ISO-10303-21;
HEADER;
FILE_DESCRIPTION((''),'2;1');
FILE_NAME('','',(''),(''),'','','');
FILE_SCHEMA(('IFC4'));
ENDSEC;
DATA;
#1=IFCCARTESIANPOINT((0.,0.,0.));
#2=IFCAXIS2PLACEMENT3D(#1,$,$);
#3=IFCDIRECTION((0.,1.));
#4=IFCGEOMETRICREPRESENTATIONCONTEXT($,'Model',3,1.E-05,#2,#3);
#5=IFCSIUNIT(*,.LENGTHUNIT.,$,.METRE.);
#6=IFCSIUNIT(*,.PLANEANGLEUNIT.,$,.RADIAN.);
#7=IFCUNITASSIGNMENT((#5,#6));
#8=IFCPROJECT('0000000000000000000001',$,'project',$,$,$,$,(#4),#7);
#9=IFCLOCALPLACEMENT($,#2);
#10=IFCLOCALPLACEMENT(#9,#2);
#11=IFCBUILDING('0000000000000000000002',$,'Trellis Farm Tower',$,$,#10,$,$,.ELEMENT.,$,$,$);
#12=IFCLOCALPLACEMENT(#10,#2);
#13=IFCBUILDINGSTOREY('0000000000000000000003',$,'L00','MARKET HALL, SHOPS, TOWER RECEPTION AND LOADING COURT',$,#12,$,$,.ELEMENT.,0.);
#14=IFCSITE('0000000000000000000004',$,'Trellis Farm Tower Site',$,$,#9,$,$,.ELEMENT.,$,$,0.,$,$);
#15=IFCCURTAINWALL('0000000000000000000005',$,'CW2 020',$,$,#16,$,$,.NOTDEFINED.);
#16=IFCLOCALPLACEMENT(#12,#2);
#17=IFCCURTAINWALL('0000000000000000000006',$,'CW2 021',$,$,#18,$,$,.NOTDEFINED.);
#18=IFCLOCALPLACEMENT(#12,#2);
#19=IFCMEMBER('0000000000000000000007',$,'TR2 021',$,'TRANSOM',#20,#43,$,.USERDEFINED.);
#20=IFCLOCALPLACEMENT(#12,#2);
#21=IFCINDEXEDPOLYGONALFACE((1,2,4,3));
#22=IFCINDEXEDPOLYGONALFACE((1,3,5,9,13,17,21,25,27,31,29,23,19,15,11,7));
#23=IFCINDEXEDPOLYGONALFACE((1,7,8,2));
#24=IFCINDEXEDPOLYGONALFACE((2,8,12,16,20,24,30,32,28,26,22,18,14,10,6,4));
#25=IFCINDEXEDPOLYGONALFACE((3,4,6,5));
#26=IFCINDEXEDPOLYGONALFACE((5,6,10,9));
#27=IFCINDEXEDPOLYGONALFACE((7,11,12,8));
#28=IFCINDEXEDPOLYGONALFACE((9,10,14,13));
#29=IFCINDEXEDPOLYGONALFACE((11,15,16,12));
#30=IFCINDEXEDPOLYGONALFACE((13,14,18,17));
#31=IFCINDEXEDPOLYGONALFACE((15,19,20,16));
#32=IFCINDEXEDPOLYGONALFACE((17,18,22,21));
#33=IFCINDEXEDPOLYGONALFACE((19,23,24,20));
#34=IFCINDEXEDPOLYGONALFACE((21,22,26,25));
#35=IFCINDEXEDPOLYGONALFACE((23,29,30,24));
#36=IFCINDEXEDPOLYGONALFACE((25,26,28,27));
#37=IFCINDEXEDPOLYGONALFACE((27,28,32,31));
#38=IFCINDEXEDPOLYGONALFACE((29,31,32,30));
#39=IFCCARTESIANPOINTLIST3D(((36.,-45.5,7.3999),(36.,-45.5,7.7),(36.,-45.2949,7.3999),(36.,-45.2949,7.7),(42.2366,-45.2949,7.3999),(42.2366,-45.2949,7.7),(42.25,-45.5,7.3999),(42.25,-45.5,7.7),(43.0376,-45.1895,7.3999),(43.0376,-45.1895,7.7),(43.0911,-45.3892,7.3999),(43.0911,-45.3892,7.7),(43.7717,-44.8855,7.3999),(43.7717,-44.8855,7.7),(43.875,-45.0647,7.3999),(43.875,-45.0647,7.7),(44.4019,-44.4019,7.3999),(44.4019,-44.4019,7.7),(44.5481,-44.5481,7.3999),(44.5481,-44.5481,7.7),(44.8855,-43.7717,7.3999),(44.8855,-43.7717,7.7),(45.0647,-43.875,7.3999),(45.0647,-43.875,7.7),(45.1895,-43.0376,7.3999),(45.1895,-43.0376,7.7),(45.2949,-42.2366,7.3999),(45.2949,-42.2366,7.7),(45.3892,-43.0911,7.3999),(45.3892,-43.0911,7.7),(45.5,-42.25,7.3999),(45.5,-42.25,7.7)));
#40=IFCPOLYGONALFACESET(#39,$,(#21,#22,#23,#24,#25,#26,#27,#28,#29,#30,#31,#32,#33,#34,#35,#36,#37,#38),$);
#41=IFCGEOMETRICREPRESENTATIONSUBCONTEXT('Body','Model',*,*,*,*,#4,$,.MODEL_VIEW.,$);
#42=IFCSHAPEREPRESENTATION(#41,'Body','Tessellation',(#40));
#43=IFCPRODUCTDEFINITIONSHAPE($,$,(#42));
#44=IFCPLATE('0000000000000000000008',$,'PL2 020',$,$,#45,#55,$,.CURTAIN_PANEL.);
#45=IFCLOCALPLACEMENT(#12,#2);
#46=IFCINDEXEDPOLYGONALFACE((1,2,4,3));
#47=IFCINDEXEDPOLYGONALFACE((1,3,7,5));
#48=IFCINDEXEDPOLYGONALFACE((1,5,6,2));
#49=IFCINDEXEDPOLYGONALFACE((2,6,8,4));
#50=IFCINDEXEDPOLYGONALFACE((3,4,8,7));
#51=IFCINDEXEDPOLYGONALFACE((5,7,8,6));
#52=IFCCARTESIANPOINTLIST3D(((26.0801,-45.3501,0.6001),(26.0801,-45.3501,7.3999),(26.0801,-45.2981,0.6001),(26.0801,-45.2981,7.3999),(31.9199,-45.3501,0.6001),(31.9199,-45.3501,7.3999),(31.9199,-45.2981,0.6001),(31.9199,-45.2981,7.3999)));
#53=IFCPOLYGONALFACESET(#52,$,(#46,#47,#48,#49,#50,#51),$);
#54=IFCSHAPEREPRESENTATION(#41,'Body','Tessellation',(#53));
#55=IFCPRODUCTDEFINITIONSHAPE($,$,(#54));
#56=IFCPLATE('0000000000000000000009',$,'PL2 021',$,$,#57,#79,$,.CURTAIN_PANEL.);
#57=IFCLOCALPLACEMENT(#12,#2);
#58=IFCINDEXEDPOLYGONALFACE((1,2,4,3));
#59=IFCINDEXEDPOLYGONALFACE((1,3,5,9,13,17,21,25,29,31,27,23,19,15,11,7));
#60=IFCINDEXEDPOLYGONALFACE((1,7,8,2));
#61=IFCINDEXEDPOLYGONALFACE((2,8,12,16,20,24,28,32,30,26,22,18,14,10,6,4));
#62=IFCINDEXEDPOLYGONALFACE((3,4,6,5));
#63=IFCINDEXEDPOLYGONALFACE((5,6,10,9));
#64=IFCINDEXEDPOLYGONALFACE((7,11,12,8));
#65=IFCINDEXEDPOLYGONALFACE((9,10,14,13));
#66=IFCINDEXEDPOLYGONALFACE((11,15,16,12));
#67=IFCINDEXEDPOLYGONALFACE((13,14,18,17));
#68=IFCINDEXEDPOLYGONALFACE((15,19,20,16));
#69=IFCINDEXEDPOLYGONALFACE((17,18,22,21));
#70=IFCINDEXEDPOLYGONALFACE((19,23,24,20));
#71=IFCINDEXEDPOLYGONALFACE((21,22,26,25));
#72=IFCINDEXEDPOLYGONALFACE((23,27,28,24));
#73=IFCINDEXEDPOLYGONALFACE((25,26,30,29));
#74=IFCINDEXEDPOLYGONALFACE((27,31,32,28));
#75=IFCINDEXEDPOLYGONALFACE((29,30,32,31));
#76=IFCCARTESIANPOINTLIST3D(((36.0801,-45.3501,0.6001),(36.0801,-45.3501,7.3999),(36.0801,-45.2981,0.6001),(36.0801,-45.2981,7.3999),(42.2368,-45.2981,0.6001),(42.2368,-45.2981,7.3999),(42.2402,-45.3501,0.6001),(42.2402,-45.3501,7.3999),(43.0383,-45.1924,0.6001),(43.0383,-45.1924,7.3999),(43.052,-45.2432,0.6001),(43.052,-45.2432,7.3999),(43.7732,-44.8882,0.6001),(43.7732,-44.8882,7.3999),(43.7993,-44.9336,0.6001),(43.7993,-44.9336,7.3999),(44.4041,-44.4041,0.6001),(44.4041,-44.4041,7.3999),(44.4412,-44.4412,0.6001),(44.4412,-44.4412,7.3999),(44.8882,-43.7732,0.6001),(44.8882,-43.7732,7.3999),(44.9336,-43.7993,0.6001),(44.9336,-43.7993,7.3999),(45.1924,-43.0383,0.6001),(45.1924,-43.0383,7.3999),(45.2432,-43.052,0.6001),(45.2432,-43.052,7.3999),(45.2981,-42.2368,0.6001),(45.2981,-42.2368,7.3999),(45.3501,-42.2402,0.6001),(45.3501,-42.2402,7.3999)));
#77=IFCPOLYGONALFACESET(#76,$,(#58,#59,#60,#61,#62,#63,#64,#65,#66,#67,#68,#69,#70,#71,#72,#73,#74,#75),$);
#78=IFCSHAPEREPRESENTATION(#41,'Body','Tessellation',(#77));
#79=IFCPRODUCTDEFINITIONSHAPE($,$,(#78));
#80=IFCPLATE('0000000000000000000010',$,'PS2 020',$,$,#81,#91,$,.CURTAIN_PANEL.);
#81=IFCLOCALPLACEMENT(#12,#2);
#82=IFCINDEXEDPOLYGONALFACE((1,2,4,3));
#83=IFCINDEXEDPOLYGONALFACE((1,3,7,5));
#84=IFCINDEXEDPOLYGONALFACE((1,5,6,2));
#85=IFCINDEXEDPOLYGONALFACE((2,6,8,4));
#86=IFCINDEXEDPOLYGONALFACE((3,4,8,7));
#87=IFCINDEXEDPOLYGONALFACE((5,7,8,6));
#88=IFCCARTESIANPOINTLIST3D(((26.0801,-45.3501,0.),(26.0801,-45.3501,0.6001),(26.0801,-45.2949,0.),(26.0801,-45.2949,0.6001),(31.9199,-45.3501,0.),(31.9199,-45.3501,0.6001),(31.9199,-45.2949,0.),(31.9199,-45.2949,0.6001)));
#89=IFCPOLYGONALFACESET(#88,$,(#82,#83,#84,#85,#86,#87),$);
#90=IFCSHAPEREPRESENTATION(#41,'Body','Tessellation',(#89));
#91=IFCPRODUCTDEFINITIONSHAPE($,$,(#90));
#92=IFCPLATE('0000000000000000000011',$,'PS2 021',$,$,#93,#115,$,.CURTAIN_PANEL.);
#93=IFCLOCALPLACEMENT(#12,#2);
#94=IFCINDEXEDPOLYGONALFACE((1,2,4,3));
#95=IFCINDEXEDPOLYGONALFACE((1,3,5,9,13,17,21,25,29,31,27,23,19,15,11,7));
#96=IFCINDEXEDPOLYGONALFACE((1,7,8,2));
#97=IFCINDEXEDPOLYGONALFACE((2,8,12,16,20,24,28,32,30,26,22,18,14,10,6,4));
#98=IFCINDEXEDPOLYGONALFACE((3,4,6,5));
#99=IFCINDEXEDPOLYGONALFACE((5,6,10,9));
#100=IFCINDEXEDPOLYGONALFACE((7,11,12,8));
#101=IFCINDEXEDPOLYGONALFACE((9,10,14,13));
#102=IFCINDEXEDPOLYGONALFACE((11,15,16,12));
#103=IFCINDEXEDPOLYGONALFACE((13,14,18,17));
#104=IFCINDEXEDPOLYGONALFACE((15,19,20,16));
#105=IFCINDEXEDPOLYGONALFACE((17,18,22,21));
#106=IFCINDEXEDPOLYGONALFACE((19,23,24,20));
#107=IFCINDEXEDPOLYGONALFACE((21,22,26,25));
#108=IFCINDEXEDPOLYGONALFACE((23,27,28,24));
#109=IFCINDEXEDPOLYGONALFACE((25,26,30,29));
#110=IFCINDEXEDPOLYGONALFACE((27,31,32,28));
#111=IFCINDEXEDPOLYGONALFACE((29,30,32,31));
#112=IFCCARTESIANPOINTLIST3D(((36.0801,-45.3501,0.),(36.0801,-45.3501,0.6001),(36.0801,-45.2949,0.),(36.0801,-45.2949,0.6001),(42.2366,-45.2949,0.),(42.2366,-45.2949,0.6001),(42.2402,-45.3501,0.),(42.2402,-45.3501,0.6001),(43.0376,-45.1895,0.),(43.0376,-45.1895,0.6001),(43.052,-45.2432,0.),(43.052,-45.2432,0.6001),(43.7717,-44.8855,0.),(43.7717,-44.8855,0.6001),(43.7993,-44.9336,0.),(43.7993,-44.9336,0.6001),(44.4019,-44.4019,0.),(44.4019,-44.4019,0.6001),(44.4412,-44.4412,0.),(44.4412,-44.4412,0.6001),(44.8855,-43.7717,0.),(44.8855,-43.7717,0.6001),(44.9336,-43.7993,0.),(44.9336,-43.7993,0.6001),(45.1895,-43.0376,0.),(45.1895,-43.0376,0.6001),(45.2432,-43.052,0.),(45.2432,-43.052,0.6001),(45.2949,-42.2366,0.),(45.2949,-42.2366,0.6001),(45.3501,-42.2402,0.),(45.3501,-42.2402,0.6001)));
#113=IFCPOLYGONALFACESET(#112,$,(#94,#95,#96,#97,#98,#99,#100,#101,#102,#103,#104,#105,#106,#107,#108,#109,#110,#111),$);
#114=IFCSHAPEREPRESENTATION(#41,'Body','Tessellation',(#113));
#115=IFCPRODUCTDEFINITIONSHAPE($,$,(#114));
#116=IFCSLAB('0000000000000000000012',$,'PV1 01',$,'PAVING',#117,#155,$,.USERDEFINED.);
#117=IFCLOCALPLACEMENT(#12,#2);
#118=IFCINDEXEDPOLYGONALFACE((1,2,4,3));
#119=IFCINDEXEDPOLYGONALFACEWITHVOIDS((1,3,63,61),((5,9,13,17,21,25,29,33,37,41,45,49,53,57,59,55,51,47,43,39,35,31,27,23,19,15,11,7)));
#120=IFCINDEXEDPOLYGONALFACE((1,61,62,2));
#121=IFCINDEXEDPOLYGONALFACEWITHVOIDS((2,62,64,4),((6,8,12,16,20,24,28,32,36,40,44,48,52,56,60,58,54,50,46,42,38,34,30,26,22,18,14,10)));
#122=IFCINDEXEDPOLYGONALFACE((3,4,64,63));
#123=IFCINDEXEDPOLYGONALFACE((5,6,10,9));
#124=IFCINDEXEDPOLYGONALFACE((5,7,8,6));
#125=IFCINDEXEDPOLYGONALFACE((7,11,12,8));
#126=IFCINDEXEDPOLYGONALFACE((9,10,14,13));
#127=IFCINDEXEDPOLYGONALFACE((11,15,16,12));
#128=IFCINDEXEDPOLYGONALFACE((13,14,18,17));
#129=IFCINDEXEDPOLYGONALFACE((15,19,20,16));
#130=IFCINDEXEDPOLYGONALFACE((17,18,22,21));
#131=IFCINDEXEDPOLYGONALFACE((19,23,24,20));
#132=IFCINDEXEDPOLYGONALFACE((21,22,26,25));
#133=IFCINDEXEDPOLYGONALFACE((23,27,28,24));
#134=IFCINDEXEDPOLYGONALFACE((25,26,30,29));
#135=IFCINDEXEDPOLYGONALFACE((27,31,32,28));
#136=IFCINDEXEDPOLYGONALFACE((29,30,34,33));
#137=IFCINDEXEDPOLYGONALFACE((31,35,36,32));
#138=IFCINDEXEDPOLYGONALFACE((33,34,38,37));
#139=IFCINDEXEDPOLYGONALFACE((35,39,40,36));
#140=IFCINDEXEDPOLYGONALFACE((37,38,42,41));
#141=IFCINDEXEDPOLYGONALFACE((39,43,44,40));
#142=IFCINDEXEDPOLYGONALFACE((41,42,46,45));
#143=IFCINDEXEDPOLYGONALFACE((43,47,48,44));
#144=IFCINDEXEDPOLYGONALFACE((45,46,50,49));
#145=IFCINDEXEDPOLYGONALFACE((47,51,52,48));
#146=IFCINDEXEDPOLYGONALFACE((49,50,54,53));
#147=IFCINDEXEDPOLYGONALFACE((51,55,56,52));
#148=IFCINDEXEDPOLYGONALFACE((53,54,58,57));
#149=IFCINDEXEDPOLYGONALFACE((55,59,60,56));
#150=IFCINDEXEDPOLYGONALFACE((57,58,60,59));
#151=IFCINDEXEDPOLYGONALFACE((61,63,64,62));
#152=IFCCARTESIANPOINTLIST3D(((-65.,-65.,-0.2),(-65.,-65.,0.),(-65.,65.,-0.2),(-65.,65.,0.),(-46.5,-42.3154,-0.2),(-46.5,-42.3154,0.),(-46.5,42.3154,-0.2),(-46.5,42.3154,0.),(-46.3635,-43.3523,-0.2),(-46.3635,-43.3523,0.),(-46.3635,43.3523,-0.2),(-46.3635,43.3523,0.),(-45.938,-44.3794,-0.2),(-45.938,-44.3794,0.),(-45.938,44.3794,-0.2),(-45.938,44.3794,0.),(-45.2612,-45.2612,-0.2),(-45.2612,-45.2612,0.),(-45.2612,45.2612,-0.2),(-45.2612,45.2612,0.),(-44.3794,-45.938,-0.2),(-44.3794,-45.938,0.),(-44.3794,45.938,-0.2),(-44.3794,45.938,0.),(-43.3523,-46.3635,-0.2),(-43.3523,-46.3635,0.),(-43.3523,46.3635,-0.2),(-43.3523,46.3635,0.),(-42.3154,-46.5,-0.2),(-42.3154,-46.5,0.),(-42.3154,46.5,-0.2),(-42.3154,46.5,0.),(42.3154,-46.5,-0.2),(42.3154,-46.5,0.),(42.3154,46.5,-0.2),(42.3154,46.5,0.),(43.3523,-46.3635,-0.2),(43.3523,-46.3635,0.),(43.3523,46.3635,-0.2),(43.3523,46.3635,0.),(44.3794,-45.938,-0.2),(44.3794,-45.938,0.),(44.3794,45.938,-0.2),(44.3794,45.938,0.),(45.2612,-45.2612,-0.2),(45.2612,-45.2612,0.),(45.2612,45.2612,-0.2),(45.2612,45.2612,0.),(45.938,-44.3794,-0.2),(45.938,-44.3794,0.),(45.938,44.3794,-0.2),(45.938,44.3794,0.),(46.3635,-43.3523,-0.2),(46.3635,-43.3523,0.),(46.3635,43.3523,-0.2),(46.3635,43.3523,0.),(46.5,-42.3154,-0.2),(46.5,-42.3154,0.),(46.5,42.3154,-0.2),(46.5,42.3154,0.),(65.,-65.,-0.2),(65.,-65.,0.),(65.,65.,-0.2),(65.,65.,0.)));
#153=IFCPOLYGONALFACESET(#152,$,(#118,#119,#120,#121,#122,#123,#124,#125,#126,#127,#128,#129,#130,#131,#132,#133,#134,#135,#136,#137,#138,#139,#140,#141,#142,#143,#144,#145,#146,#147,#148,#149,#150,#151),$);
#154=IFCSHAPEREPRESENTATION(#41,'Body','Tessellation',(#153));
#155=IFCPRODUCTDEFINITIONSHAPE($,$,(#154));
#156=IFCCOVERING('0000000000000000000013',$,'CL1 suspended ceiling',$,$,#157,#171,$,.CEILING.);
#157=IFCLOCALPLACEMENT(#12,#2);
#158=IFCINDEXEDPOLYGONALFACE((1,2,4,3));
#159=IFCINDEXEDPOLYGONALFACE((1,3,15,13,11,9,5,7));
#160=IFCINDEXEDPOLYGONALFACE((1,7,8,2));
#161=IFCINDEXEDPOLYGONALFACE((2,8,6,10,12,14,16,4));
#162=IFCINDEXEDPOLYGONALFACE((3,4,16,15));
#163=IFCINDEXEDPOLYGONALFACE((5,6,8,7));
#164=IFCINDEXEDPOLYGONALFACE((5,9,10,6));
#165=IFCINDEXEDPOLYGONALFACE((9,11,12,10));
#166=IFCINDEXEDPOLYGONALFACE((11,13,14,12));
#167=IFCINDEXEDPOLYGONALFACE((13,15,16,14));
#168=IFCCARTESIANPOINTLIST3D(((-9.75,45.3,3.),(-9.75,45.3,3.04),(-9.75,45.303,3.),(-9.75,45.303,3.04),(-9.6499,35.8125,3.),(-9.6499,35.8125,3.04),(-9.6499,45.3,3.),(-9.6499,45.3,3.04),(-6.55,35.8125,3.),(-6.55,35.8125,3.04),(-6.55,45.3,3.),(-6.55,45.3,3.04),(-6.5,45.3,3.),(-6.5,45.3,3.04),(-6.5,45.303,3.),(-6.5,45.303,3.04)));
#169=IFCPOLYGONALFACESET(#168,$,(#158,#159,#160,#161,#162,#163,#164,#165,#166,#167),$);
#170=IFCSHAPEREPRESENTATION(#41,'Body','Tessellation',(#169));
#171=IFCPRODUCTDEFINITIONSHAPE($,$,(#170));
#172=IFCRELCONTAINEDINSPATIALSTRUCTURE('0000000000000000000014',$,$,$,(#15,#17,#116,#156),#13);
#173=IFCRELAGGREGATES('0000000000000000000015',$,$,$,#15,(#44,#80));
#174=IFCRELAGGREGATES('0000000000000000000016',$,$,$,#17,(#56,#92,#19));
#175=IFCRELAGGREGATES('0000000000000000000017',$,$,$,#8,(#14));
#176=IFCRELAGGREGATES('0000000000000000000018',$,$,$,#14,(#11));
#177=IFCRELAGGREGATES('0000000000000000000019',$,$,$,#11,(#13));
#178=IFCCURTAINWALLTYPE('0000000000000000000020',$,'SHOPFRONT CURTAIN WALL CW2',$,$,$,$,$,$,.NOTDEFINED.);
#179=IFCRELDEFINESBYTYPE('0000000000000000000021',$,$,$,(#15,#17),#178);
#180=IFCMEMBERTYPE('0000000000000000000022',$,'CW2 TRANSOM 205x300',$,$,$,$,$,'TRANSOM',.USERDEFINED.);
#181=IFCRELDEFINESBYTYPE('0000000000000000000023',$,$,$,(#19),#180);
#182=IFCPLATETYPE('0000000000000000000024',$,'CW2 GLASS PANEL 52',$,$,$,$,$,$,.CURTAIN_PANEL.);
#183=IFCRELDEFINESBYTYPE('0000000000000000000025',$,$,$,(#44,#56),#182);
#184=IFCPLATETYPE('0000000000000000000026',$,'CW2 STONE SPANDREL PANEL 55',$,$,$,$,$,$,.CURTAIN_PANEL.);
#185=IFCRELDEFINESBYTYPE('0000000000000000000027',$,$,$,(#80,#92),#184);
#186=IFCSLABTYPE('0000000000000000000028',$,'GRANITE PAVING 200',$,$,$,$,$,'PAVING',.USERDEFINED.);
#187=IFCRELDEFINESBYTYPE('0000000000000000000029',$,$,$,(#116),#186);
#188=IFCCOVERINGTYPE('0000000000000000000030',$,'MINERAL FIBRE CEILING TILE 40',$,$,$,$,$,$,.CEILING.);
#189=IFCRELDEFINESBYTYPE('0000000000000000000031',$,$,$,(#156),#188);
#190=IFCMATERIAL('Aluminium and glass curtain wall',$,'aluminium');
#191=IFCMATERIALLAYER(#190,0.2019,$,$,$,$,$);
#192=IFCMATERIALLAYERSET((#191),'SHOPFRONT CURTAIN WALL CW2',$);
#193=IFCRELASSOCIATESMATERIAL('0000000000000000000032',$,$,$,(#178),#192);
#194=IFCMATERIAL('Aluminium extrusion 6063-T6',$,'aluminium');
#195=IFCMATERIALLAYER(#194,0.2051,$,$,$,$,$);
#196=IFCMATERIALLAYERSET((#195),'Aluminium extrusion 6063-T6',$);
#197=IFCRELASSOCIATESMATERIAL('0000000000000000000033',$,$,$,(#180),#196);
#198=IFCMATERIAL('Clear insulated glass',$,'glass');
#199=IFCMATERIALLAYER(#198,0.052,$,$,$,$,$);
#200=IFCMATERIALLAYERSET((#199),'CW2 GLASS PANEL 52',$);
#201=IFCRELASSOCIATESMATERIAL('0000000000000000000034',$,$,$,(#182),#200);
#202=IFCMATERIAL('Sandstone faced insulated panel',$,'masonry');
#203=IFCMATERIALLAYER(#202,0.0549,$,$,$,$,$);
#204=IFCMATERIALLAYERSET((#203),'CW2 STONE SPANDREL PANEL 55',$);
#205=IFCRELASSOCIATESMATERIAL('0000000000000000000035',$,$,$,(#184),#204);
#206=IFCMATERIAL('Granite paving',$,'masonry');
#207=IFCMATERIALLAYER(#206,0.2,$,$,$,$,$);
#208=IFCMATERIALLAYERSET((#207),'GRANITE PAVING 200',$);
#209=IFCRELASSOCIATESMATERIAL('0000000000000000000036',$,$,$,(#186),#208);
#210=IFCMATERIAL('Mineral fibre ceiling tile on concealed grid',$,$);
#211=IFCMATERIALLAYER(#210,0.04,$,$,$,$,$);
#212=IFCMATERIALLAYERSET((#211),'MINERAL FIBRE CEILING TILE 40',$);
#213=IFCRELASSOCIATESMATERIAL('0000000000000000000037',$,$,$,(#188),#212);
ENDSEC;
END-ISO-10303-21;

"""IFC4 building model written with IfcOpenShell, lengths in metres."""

from ifc_helpers import new_model, si_unit, direction, frame, origin, place, context, subcontext, project, spatial, polyline, outline, extrude, material, layer, layer_set, type_object, element, aggregate, save


model = new_model("IFC4")

# Units and contexts
model_context = context("Model", 3, precision=1e-05, world=origin(), true_north=direction((0.0, 1.0)))
body_context = subcontext(model_context, "Body", "Model", "MODEL_VIEW")
ifc_project = project(units=[si_unit("LENGTHUNIT", "METRE"), si_unit("PLANEANGLEUNIT", "RADIAN")], contexts=[model_context])

# Site, building, storey
site_placement = place(None, origin())
site = spatial("IfcSite", under=ifc_project, at=site_placement, Name="Trellis Farm Tower Site", CompositionType="ELEMENT", RefElevation=0.0)
building_placement = place(site_placement, origin())
building = spatial("IfcBuilding", under=site, at=building_placement, Name="Trellis Farm Tower", CompositionType="ELEMENT")
storey_placement = place(building_placement, origin())
storey = spatial("IfcBuildingStorey", under=building, at=storey_placement, Name="L00", Description="MARKET HALL, SHOPS, TOWER RECEPTION AND LOADING COURT", CompositionType="ELEMENT", Elevation=0.0)

# Curtain walls, member
ifc_material_1 = material(Name="Aluminium and glass curtain wall", Category="aluminium")
ifc_layer_1 = layer(ifc_material_1, 0.2019)
ifc_layer_set_1 = layer_set([ifc_layer_1], Name="SHOPFRONT CURTAIN WALL CW2")
curtain_wall_type = type_object("IfcCurtainWallType", Name="SHOPFRONT CURTAIN WALL CW2", PredefinedType="NOTDEFINED", material=ifc_layer_set_1)
placement_1 = place(storey_placement, origin())
curtain_wall_1 = element("IfcCurtainWall", 1, at=placement_1, inside=storey, type_object=curtain_wall_type, Name="CW2 020", PredefinedType="NOTDEFINED")
ifc_material_2 = material(Name="Aluminium extrusion 6063-T6", Category="aluminium")
ifc_layer_2 = layer(ifc_material_2, 0.2051)
ifc_layer_set_2 = layer_set([ifc_layer_2], Name="Aluminium extrusion 6063-T6")
member_type = type_object("IfcMemberType", Name="CW2 TRANSOM 205x300", ElementType="TRANSOM", PredefinedType="USERDEFINED", material=ifc_layer_set_2)
placement_2 = place(storey_placement, frame((0.0, 0.0, 7.3999)))
curtain_wall_2 = element("IfcCurtainWall", 2, at=placement_1, inside=storey, type_object=curtain_wall_type, Name="CW2 021", PredefinedType="NOTDEFINED")
member_1 = element("IfcMember", 3, at=placement_2, type_object=member_type, Name="TR2 021", ObjectType="TRANSOM", PredefinedType="USERDEFINED", context=body_context, shape_type="SweptSolid", body=[
    extrude(outline(polyline([(36.0, -45.5), (42.25, -45.5), (43.0911, -45.3892), (43.875, -45.0647), (44.5481, -44.5481), (45.0647, -43.875), (45.3892, -43.0911), (45.5, -42.25), (45.2949, -42.2366), (45.1895, -43.0376), (44.8855, -43.7717), (44.4019, -44.4019), (43.7717, -44.8855), (43.0376, -45.1895), (42.2366, -45.2949), (36.0, -45.2949), (36.0, -45.5)])), origin(), (0.0, 0.0, 1.0), 0.3),
])

# Plates
ifc_material_3 = material(Name="Clear insulated glass", Category="glass")
ifc_layer_3 = layer(ifc_material_3, 0.052)
ifc_layer_set_3 = layer_set([ifc_layer_3], Name="CW2 GLASS PANEL 52")
plate_type_1 = type_object("IfcPlateType", Name="CW2 GLASS PANEL 52", PredefinedType="CURTAIN_PANEL", material=ifc_layer_set_3)
placement_3 = place(storey_placement, frame((0.0, 0.0, 0.6001)))
plate_1 = element("IfcPlate", 4, at=placement_3, type_object=plate_type_1, Name="PL2 020", PredefinedType="CURTAIN_PANEL", context=body_context, shape_type="SweptSolid", body=[
    extrude(outline(polyline([(26.0801, -45.3501), (31.9199, -45.3501), (31.9199, -45.2981), (26.0801, -45.2981), (26.0801, -45.3501)])), origin(), (0.0, 0.0, 1.0), 6.7998),
])
plate_2 = element("IfcPlate", 5, at=placement_3, type_object=plate_type_1, Name="PL2 021", PredefinedType="CURTAIN_PANEL", context=body_context, shape_type="SweptSolid", body=[
    extrude(outline(polyline([(36.0801, -45.3501), (42.2402, -45.3501), (43.052, -45.2432), (43.7993, -44.9336), (44.4412, -44.4412), (44.9336, -43.7993), (45.2432, -43.052), (45.3501, -42.2402), (45.2981, -42.2368), (45.1924, -43.0383), (44.8882, -43.7732), (44.4041, -44.4041), (43.7732, -44.8882), (43.0383, -45.1924), (42.2368, -45.2981), (36.0801, -45.2981), (36.0801, -45.3501)])), origin(), (0.0, 0.0, 1.0), 6.7998),
])
ifc_material_4 = material(Name="Sandstone faced insulated panel", Category="masonry")
ifc_layer_4 = layer(ifc_material_4, 0.0549)
ifc_layer_set_4 = layer_set([ifc_layer_4], Name="CW2 STONE SPANDREL PANEL 55")
plate_type_2 = type_object("IfcPlateType", Name="CW2 STONE SPANDREL PANEL 55", PredefinedType="CURTAIN_PANEL", material=ifc_layer_set_4)
plate_3 = element("IfcPlate", 6, at=placement_1, type_object=plate_type_2, Name="PS2 020", PredefinedType="CURTAIN_PANEL", context=body_context, shape_type="SweptSolid", body=[
    extrude(outline(polyline([(26.0801, -45.3501), (31.9199, -45.3501), (31.9199, -45.2949), (26.0801, -45.2949), (26.0801, -45.3501)])), origin(), (0.0, 0.0, 1.0), 0.6001),
])
aggregate(curtain_wall_1, [plate_1, plate_3])
plate_4 = element("IfcPlate", 7, at=placement_1, type_object=plate_type_2, Name="PS2 021", PredefinedType="CURTAIN_PANEL", context=body_context, shape_type="SweptSolid", body=[
    extrude(outline(polyline([(36.0801, -45.3501), (42.2402, -45.3501), (43.052, -45.2432), (43.7993, -44.9336), (44.4412, -44.4412), (44.9336, -43.7993), (45.2432, -43.052), (45.3501, -42.2402), (45.2949, -42.2366), (45.1895, -43.0376), (44.8855, -43.7717), (44.4019, -44.4019), (43.7717, -44.8855), (43.0376, -45.1895), (42.2366, -45.2949), (36.0801, -45.2949), (36.0801, -45.3501)])), origin(), (0.0, 0.0, 1.0), 0.6001),
])
aggregate(curtain_wall_2, [plate_2, plate_4, member_1])

# Slab
ifc_material_5 = material(Name="Granite paving", Category="masonry")
ifc_layer_5 = layer(ifc_material_5, 0.2)
ifc_layer_set_5 = layer_set([ifc_layer_5], Name="GRANITE PAVING 200")
slab_type = type_object("IfcSlabType", Name="GRANITE PAVING 200", ElementType="PAVING", PredefinedType="USERDEFINED", material=ifc_layer_set_5)
slab_placement = place(storey_placement, frame((0.0, 0.0, -0.2)))
element("IfcSlab", 8, at=slab_placement, inside=storey, type_object=slab_type, Name="PV1 01", ObjectType="PAVING", PredefinedType="USERDEFINED", context=body_context, shape_type="SweptSolid", body=[
    extrude(outline(polyline([(-65.0, -65.0), (-65.0, 65.0), (65.0, 65.0), (65.0, -65.0), (-65.0, -65.0)]), holes=[polyline([(46.5, 42.3154), (46.3635, 43.3523), (45.938, 44.3794), (45.2612, 45.2612), (44.3794, 45.938), (43.3523, 46.3635), (42.3154, 46.5), (-42.3154, 46.5), (-43.3523, 46.3635), (-44.3794, 45.938), (-45.2612, 45.2612), (-45.938, 44.3794), (-46.3635, 43.3523), (-46.5, 42.3154), (-46.5, -42.3154), (-46.3635, -43.3523), (-45.938, -44.3794), (-45.2612, -45.2612), (-44.3794, -45.938), (-43.3523, -46.3635), (-42.3154, -46.5), (42.3154, -46.5), (43.3523, -46.3635), (44.3794, -45.938), (45.2612, -45.2612), (45.938, -44.3794), (46.3635, -43.3523), (46.5, -42.3154), (46.5, 42.3154)])]), origin(), (0.0, 0.0, 1.0), 0.2),
])

# Covering
ifc_material_6 = material(Name="Mineral fibre ceiling tile on concealed grid")
ifc_layer_6 = layer(ifc_material_6, 0.04)
ifc_layer_set_6 = layer_set([ifc_layer_6], Name="MINERAL FIBRE CEILING TILE 40")
covering_type_1 = type_object("IfcCoveringType", Name="MINERAL FIBRE CEILING TILE 40", PredefinedType="CEILING", material=ifc_layer_set_6)
placement_4 = place(storey_placement, frame((0.0, 0.0, 3.0)))
element("IfcCovering", 9, at=placement_4, inside=storey, type_object=covering_type_1, Name="CL1 suspended ceiling", PredefinedType="CEILING", context=body_context, shape_type="SweptSolid", body=[
    extrude(outline(polyline([(-6.55, 45.3), (-6.55, 35.8125), (-9.6499, 35.8125), (-9.6499, 45.3), (-9.75, 45.3), (-9.75, 45.303), (-6.5, 45.303), (-6.5, 45.3), (-6.55, 45.3)])), origin(), (0.0, 0.0, 1.0), 0.04),
])

save(model, "model.ifc")
